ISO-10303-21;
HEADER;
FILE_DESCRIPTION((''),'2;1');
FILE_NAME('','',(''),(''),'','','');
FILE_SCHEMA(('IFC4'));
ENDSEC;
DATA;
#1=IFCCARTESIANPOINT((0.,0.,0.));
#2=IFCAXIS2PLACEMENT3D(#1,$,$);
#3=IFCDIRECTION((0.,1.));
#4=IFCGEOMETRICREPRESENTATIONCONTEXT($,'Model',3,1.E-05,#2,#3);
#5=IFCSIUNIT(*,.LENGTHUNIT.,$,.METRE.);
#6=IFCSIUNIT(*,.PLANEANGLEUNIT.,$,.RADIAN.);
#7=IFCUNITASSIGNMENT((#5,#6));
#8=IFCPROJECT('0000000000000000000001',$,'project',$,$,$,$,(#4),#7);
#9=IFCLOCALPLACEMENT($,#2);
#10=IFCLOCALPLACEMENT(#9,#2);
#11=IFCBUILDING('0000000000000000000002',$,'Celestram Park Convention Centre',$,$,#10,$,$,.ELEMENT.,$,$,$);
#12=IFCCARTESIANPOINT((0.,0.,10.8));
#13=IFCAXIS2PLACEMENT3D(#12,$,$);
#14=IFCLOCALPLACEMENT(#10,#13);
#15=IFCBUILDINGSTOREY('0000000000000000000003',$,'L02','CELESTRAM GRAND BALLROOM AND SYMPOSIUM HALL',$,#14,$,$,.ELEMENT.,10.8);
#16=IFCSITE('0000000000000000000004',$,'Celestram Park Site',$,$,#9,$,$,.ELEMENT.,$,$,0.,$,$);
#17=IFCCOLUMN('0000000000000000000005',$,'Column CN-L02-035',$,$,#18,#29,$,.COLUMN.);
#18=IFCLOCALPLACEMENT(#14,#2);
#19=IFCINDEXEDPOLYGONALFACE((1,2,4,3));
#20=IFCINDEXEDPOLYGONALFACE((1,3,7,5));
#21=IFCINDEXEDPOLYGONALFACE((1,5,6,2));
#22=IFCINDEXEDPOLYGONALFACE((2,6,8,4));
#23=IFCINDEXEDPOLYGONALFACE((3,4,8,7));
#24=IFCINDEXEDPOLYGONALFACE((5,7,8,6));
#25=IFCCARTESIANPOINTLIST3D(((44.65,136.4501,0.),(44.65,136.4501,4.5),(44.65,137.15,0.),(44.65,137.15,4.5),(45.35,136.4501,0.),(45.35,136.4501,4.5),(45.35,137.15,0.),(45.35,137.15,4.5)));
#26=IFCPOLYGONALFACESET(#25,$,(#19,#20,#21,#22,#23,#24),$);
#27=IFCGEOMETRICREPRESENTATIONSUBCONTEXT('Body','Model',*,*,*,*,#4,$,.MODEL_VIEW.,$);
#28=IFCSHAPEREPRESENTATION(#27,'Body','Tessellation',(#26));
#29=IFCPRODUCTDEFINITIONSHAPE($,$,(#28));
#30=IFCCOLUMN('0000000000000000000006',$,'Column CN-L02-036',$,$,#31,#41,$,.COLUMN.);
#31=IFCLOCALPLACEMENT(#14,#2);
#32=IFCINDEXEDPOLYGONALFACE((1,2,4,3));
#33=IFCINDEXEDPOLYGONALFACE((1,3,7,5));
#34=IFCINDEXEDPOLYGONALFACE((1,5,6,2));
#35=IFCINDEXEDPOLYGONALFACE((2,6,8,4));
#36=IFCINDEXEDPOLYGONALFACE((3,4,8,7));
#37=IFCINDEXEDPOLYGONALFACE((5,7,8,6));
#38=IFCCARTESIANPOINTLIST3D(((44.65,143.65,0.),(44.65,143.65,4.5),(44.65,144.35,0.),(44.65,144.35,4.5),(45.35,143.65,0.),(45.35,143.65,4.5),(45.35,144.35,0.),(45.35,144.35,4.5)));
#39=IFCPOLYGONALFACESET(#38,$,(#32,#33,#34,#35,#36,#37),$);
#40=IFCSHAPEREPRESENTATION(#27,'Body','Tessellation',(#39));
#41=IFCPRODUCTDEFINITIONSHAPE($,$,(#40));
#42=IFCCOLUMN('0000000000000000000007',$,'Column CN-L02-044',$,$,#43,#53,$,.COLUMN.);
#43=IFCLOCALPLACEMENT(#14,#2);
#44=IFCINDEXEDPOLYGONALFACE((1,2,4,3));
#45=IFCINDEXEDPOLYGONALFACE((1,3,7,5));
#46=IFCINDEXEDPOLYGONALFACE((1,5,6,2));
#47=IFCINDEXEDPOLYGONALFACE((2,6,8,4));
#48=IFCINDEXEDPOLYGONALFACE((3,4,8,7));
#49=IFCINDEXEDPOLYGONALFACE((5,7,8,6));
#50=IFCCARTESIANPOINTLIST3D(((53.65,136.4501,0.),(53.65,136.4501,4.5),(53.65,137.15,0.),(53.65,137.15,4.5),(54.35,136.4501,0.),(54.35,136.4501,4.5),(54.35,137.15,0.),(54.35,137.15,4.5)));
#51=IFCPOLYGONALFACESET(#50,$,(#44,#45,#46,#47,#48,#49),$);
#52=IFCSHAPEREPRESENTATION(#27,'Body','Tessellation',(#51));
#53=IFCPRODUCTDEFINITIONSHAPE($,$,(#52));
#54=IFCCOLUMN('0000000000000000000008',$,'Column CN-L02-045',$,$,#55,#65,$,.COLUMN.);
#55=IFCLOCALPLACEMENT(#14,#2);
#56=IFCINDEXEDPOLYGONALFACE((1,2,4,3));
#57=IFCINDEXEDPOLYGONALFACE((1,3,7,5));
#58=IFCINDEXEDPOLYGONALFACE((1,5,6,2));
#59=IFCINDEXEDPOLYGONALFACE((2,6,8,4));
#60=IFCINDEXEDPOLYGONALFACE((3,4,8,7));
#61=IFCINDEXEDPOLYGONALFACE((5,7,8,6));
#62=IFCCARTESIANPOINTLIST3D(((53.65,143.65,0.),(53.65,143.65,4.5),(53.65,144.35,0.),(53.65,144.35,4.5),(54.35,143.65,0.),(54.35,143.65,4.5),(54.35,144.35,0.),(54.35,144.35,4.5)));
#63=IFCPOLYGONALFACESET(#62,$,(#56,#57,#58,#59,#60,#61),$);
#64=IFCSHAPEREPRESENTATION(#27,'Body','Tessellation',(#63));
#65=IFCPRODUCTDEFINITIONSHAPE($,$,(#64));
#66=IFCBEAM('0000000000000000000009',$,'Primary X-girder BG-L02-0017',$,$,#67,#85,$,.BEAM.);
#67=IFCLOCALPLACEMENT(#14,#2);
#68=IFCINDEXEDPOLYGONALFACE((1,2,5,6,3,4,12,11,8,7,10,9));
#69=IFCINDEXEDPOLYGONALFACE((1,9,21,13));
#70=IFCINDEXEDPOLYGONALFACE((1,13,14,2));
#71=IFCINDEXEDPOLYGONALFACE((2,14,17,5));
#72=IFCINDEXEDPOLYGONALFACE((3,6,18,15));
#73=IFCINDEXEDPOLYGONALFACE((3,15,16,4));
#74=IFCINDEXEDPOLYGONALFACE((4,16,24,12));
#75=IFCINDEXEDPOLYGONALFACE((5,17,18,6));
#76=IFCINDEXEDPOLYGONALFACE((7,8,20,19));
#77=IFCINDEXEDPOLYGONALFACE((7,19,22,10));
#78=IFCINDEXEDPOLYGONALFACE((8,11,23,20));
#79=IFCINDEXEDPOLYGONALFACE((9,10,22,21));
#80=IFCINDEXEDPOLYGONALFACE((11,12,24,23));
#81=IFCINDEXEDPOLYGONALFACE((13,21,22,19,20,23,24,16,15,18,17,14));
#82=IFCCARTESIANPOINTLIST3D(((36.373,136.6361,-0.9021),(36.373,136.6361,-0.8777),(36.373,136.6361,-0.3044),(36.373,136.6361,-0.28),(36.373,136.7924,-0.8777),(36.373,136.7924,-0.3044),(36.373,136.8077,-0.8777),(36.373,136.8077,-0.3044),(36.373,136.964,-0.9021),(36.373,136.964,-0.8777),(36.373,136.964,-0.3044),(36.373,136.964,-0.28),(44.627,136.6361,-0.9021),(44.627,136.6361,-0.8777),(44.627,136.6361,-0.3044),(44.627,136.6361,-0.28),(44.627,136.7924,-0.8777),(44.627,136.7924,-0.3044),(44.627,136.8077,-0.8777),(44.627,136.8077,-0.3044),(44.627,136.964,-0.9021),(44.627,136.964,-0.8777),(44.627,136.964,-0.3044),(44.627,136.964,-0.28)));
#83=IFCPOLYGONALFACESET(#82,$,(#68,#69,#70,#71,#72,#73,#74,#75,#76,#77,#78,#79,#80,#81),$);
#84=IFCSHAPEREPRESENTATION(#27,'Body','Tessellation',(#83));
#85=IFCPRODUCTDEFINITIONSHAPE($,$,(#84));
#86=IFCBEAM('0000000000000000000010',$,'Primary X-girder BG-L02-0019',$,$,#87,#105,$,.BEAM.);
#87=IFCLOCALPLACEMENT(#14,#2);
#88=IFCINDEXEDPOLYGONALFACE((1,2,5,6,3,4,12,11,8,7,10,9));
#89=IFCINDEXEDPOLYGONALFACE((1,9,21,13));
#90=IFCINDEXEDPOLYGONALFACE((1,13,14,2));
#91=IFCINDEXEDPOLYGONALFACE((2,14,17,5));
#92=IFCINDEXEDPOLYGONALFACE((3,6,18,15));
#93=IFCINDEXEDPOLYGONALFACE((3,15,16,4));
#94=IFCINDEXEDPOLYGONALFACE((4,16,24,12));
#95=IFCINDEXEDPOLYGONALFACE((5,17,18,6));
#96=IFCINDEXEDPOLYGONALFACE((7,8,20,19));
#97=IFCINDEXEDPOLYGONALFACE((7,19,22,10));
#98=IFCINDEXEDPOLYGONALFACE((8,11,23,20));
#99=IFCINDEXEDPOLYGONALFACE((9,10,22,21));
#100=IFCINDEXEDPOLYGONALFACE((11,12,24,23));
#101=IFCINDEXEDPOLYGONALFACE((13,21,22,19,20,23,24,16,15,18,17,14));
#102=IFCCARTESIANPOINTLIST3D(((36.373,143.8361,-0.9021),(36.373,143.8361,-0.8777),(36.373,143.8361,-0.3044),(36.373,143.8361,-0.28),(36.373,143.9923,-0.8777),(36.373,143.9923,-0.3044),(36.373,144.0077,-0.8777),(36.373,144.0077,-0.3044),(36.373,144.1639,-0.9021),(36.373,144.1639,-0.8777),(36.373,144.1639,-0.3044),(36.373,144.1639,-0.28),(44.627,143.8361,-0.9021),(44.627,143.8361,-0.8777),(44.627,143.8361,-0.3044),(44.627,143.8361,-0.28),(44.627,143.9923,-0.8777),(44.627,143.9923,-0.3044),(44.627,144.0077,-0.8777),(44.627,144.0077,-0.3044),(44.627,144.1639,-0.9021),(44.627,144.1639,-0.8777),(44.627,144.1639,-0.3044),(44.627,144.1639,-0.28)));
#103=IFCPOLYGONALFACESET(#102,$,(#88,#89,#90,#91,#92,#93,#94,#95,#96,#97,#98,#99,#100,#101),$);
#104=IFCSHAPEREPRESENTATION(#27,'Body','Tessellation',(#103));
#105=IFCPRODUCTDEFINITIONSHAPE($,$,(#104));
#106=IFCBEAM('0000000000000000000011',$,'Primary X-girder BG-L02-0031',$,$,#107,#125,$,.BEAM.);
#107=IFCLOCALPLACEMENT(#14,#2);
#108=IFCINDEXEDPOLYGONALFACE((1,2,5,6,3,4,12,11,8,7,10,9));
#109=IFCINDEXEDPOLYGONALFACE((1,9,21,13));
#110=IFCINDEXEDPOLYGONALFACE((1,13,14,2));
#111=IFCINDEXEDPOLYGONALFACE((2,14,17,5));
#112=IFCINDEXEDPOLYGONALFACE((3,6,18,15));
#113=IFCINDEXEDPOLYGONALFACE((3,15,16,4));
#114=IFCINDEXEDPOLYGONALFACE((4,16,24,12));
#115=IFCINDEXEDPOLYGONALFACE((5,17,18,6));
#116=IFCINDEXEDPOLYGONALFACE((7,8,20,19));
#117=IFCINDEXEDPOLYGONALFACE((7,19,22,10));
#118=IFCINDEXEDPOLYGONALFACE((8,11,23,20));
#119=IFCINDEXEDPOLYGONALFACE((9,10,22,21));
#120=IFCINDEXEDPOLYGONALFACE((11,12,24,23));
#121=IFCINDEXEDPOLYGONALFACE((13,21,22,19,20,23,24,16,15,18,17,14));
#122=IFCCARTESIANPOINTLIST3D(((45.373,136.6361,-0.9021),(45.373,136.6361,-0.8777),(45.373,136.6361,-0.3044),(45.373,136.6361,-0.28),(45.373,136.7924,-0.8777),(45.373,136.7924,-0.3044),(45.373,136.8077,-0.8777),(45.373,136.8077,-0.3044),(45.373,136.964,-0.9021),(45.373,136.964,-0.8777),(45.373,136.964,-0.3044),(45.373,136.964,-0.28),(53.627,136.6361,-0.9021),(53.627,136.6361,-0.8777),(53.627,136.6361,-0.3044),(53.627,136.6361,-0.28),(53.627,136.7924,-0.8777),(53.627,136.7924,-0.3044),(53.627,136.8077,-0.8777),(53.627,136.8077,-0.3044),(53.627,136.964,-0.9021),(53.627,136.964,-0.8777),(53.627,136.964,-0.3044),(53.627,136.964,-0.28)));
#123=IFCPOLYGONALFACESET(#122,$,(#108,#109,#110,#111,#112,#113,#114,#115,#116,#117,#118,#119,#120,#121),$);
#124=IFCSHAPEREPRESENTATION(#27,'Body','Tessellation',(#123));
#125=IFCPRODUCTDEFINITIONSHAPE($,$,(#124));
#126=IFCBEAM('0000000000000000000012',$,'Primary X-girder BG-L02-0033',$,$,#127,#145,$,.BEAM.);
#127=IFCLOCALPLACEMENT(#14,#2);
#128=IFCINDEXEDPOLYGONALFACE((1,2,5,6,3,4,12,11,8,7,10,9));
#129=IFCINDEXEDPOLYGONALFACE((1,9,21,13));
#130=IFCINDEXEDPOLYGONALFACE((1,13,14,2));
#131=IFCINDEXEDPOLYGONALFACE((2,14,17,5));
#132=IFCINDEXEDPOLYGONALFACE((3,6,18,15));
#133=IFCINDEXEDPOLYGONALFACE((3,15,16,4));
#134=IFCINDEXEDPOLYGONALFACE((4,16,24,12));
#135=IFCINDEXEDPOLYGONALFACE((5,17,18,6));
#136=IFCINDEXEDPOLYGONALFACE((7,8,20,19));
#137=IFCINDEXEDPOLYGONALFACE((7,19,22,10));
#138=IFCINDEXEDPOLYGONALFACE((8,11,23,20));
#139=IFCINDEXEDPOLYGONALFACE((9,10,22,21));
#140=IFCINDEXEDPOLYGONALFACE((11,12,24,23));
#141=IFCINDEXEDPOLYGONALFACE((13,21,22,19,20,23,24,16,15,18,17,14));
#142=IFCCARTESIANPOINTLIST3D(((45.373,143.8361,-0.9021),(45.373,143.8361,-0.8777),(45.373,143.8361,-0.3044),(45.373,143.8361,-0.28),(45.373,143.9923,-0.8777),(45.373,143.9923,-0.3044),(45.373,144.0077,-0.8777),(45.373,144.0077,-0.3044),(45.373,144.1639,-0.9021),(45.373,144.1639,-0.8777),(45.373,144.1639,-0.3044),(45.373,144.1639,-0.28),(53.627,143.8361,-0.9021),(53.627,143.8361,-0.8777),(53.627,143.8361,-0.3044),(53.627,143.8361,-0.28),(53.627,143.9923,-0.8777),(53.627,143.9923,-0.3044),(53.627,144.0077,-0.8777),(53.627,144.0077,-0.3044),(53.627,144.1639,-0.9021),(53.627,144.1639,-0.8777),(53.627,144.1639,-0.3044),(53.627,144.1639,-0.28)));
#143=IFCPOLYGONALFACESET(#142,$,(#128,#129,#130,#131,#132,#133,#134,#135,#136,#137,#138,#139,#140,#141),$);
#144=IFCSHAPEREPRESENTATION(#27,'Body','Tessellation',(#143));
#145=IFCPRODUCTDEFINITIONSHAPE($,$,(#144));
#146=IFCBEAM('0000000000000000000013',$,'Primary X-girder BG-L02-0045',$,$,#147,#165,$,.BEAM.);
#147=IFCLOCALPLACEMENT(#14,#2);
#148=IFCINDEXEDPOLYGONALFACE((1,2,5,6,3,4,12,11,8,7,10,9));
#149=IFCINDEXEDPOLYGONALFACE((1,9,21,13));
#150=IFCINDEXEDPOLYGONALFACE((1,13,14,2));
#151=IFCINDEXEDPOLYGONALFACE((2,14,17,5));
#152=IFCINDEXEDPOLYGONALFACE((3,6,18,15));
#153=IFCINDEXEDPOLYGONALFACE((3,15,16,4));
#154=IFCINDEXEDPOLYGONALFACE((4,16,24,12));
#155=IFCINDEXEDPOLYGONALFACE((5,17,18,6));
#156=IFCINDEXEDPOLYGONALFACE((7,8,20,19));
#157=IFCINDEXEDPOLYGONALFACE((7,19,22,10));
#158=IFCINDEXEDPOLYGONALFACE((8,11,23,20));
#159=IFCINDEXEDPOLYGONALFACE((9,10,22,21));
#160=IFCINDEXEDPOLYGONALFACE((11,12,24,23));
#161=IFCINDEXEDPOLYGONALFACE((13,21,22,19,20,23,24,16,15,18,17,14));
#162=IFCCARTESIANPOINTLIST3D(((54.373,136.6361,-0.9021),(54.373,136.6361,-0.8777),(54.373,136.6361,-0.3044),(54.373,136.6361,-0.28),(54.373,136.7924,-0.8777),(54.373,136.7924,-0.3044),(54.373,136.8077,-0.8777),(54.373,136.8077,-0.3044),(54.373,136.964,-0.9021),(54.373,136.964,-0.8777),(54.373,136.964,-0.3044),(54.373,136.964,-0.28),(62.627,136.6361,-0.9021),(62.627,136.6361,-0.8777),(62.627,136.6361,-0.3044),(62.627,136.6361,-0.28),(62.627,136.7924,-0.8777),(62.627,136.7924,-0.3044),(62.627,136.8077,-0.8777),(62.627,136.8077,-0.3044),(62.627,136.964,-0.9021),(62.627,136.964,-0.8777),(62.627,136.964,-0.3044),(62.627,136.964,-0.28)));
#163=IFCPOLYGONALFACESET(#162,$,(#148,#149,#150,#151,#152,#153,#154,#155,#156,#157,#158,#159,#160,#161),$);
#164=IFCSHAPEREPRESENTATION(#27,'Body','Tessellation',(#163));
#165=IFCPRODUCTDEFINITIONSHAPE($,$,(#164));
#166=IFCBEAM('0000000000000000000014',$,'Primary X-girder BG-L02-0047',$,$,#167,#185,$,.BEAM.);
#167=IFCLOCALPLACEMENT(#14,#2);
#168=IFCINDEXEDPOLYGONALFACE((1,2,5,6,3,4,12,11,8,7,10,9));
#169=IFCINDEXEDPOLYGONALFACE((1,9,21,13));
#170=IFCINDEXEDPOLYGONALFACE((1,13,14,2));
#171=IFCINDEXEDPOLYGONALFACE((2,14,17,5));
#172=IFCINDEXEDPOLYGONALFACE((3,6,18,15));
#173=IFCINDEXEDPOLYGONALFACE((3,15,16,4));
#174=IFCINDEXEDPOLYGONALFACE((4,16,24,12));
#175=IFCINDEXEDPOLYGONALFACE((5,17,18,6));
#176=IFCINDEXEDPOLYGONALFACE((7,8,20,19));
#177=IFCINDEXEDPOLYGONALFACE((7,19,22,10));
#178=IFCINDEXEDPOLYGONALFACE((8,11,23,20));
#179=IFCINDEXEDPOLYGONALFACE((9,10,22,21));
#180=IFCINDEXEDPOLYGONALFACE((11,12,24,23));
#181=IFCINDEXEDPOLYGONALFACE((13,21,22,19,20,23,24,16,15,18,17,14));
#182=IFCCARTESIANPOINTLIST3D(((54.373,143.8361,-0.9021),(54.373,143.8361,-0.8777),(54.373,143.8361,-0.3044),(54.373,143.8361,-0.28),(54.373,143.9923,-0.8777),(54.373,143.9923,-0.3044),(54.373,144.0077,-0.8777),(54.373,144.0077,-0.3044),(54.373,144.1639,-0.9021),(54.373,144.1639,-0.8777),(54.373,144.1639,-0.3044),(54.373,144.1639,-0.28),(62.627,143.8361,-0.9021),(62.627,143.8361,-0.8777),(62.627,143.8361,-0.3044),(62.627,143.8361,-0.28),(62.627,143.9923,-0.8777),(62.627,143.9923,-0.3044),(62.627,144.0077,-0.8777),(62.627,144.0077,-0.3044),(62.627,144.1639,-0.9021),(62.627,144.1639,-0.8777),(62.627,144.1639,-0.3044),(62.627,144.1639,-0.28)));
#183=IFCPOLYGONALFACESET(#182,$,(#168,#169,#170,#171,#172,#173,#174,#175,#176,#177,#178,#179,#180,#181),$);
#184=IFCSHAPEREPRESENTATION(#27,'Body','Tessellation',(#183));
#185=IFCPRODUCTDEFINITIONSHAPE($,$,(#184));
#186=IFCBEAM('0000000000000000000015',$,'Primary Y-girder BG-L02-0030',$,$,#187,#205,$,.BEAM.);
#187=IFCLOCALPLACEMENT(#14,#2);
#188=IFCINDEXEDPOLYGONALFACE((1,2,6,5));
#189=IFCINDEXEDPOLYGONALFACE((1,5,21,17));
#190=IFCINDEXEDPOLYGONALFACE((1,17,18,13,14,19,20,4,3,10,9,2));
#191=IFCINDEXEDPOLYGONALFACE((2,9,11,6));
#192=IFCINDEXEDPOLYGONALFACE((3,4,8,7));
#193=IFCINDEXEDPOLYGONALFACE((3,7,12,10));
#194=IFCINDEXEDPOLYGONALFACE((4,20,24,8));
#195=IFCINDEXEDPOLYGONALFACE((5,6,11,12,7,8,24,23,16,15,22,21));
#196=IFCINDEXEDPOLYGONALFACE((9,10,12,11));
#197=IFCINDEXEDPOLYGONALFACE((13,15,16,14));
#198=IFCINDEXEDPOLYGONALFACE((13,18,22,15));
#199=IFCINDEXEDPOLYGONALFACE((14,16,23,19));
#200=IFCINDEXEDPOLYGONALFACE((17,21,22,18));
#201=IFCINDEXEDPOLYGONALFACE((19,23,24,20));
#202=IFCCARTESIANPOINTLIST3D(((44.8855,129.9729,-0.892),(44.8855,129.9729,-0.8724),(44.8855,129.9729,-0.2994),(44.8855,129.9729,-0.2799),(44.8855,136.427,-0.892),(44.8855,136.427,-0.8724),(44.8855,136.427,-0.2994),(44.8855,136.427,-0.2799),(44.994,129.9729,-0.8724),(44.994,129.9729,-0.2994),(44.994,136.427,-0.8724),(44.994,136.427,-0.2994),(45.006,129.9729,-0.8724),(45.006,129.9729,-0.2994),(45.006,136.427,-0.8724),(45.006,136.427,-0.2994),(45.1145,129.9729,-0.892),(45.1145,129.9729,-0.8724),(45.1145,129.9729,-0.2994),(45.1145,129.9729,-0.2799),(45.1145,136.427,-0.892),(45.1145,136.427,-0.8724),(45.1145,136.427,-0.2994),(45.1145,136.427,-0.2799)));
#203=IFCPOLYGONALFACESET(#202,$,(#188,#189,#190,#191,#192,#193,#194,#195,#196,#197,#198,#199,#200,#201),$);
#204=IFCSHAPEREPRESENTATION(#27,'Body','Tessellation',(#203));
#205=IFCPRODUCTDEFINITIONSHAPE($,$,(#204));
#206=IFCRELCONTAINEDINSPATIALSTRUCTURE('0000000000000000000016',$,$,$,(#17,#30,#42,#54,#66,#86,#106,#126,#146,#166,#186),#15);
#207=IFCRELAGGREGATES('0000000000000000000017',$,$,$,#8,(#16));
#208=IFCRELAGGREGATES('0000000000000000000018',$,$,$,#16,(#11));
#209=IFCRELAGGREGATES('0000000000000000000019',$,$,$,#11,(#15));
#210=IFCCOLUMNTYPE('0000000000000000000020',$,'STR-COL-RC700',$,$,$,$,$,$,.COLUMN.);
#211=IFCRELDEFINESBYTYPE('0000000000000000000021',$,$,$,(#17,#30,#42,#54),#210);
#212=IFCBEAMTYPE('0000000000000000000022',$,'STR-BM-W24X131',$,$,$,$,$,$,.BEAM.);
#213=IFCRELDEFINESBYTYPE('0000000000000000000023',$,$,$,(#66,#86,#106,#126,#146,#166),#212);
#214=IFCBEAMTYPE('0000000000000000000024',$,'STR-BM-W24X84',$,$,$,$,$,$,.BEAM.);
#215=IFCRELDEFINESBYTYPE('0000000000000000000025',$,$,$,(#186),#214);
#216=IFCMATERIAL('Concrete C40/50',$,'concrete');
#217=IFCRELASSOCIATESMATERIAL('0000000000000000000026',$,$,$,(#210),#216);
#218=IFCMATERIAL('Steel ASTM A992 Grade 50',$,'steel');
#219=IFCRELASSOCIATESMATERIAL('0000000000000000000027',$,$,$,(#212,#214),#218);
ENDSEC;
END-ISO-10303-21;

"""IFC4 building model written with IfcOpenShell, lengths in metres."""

from ifc_helpers import new_model, si_unit, direction, frame, origin, origin_2d, place, context, subcontext, project, spatial, rectangle, i_section, extrude, material, material_profile, profile_set, type_object, element, save


model = new_model("IFC4")

# Units and contexts
model_context = context("Model", 3, precision=1e-05, world=origin(), true_north=direction((0.0, 1.0)))
body_context = subcontext(model_context, "Body", "Model", "MODEL_VIEW")
ifc_project = project(units=[si_unit("LENGTHUNIT", "METRE"), si_unit("PLANEANGLEUNIT", "RADIAN")], contexts=[model_context])

# Site, building, storey
site_placement = place(None, origin())
site = spatial("IfcSite", under=ifc_project, at=site_placement, Name="Celestram Park Site", CompositionType="ELEMENT", RefElevation=0.0)
building_placement = place(site_placement, origin())
building = spatial("IfcBuilding", under=site, at=building_placement, Name="Celestram Park Convention Centre", CompositionType="ELEMENT")
storey_placement = place(building_placement, frame((0.0, 0.0, 10.8)))
storey = spatial("IfcBuildingStorey", under=building, at=storey_placement, Name="L02", Description="CELESTRAM GRAND BALLROOM AND SYMPOSIUM HALL", CompositionType="ELEMENT", Elevation=10.8)

# Columns
ifc_material_1 = material(Name="Concrete C40/50", Category="concrete")
ifc_material_profile_1 = material_profile(ifc_material_1, rectangle(XDim=0.7, YDim=0.7, at=origin_2d()), Name="RC700X700")
ifc_profile_set_1 = profile_set([ifc_material_profile_1], Name="Concrete C40/50")
column_type = type_object("IfcColumnType", Name="STR-COL-RC700", PredefinedType="COLUMN", material=ifc_profile_set_1)
for number, where, z_axis, x_axis, name in (
    (1, (45.0, 136.8, 0.0), (0.0, 0.0, 1.0), (1.0, 0.0, 0.0), "Column CN-L02-035"),
    (2, (45.0, 144.0, 0.0), (0.0, 0.0, 1.0), (1.0, 0.0, 0.0), "Column CN-L02-036"),
    (3, (54.0, 136.8, 0.0), (0.0, 0.0, 1.0), (1.0, 0.0, 0.0), "Column CN-L02-044"),
    (4, (54.0, 144.0, 0.0), (0.0, 0.0, 1.0), (1.0, 0.0, 0.0), "Column CN-L02-045"),
):
    element("IfcColumn", number, at=place(storey_placement, frame(where, z_axis=z_axis, x_axis=x_axis)), inside=storey, type_object=column_type, Name=name, PredefinedType="COLUMN", context=body_context, shape_type="SweptSolid", body=[
        extrude(rectangle(XDim=0.7, YDim=0.7, at=origin_2d()), origin(), (0.0, 0.0, 1.0), 4.5),
    ])

# Beams
ifc_material_2 = material(Name="Steel ASTM A992 Grade 50", Category="steel")
ifc_material_profile_2 = material_profile(ifc_material_2, i_section(OverallWidth=0.3279, OverallDepth=0.6221, WebThickness=0.0154, FlangeThickness=0.0244, at=origin_2d()), Name="W24X131")
ifc_profile_set_2 = profile_set([ifc_material_profile_2], Name="Steel ASTM A992 Grade 50")
beam_type_1 = type_object("IfcBeamType", Name="STR-BM-W24X131", PredefinedType="BEAM", material=ifc_profile_set_2)
for number, where, z_axis, x_axis, name in (
    (5, (36.373, 136.8, -0.5911), (1.0, 0.0, 0.0), (0.0, 1.0, 0.0), "Primary X-girder BG-L02-0017"),
    (6, (36.373, 144.0, -0.5911), (1.0, 0.0, 0.0), (0.0, 1.0, 0.0), "Primary X-girder BG-L02-0019"),
    (7, (45.373, 136.8, -0.5911), (1.0, 0.0, 0.0), (0.0, 1.0, 0.0), "Primary X-girder BG-L02-0031"),
    (8, (45.373, 144.0, -0.5911), (1.0, 0.0, 0.0), (0.0, 1.0, 0.0), "Primary X-girder BG-L02-0033"),
    (9, (54.373, 136.8, -0.5911), (1.0, 0.0, 0.0), (0.0, 1.0, 0.0), "Primary X-girder BG-L02-0045"),
    (10, (54.373, 144.0, -0.5911), (1.0, 0.0, 0.0), (0.0, 1.0, 0.0), "Primary X-girder BG-L02-0047"),
):
    element("IfcBeam", number, at=place(storey_placement, frame(where, z_axis=z_axis, x_axis=x_axis)), inside=storey, type_object=beam_type_1, Name=name, PredefinedType="BEAM", context=body_context, shape_type="SweptSolid", body=[
        extrude(i_section(OverallWidth=0.3279, OverallDepth=0.6221, WebThickness=0.0154, FlangeThickness=0.0244, at=origin_2d()), origin(), (0.0, 0.0, 1.0), 8.2539),
    ])
ifc_material_profile_3 = material_profile(ifc_material_2, i_section(OverallWidth=0.229, OverallDepth=0.6121, WebThickness=0.012, FlangeThickness=0.0195, at=origin_2d()), Name="W24X84")
ifc_profile_set_3 = profile_set([ifc_material_profile_3], Name="Steel ASTM A992 Grade 50")
beam_type_2 = type_object("IfcBeamType", Name="STR-BM-W24X84", PredefinedType="BEAM", material=ifc_profile_set_3)
beam_1_placement = place(storey_placement, frame((45.0, 129.9729, -0.5859), z_axis=(0.0, 1.0, 0.0), x_axis=(-1.0, 0.0, 0.0)))
element("IfcBeam", 11, at=beam_1_placement, inside=storey, type_object=beam_type_2, Name="Primary Y-girder BG-L02-0030", PredefinedType="BEAM", context=body_context, shape_type="SweptSolid", body=[
    extrude(i_section(OverallWidth=0.229, OverallDepth=0.6121, WebThickness=0.012, FlangeThickness=0.0195, at=origin_2d()), origin(), (0.0, 0.0, 1.0), 6.4541),
])

save(model, "model.ifc")
